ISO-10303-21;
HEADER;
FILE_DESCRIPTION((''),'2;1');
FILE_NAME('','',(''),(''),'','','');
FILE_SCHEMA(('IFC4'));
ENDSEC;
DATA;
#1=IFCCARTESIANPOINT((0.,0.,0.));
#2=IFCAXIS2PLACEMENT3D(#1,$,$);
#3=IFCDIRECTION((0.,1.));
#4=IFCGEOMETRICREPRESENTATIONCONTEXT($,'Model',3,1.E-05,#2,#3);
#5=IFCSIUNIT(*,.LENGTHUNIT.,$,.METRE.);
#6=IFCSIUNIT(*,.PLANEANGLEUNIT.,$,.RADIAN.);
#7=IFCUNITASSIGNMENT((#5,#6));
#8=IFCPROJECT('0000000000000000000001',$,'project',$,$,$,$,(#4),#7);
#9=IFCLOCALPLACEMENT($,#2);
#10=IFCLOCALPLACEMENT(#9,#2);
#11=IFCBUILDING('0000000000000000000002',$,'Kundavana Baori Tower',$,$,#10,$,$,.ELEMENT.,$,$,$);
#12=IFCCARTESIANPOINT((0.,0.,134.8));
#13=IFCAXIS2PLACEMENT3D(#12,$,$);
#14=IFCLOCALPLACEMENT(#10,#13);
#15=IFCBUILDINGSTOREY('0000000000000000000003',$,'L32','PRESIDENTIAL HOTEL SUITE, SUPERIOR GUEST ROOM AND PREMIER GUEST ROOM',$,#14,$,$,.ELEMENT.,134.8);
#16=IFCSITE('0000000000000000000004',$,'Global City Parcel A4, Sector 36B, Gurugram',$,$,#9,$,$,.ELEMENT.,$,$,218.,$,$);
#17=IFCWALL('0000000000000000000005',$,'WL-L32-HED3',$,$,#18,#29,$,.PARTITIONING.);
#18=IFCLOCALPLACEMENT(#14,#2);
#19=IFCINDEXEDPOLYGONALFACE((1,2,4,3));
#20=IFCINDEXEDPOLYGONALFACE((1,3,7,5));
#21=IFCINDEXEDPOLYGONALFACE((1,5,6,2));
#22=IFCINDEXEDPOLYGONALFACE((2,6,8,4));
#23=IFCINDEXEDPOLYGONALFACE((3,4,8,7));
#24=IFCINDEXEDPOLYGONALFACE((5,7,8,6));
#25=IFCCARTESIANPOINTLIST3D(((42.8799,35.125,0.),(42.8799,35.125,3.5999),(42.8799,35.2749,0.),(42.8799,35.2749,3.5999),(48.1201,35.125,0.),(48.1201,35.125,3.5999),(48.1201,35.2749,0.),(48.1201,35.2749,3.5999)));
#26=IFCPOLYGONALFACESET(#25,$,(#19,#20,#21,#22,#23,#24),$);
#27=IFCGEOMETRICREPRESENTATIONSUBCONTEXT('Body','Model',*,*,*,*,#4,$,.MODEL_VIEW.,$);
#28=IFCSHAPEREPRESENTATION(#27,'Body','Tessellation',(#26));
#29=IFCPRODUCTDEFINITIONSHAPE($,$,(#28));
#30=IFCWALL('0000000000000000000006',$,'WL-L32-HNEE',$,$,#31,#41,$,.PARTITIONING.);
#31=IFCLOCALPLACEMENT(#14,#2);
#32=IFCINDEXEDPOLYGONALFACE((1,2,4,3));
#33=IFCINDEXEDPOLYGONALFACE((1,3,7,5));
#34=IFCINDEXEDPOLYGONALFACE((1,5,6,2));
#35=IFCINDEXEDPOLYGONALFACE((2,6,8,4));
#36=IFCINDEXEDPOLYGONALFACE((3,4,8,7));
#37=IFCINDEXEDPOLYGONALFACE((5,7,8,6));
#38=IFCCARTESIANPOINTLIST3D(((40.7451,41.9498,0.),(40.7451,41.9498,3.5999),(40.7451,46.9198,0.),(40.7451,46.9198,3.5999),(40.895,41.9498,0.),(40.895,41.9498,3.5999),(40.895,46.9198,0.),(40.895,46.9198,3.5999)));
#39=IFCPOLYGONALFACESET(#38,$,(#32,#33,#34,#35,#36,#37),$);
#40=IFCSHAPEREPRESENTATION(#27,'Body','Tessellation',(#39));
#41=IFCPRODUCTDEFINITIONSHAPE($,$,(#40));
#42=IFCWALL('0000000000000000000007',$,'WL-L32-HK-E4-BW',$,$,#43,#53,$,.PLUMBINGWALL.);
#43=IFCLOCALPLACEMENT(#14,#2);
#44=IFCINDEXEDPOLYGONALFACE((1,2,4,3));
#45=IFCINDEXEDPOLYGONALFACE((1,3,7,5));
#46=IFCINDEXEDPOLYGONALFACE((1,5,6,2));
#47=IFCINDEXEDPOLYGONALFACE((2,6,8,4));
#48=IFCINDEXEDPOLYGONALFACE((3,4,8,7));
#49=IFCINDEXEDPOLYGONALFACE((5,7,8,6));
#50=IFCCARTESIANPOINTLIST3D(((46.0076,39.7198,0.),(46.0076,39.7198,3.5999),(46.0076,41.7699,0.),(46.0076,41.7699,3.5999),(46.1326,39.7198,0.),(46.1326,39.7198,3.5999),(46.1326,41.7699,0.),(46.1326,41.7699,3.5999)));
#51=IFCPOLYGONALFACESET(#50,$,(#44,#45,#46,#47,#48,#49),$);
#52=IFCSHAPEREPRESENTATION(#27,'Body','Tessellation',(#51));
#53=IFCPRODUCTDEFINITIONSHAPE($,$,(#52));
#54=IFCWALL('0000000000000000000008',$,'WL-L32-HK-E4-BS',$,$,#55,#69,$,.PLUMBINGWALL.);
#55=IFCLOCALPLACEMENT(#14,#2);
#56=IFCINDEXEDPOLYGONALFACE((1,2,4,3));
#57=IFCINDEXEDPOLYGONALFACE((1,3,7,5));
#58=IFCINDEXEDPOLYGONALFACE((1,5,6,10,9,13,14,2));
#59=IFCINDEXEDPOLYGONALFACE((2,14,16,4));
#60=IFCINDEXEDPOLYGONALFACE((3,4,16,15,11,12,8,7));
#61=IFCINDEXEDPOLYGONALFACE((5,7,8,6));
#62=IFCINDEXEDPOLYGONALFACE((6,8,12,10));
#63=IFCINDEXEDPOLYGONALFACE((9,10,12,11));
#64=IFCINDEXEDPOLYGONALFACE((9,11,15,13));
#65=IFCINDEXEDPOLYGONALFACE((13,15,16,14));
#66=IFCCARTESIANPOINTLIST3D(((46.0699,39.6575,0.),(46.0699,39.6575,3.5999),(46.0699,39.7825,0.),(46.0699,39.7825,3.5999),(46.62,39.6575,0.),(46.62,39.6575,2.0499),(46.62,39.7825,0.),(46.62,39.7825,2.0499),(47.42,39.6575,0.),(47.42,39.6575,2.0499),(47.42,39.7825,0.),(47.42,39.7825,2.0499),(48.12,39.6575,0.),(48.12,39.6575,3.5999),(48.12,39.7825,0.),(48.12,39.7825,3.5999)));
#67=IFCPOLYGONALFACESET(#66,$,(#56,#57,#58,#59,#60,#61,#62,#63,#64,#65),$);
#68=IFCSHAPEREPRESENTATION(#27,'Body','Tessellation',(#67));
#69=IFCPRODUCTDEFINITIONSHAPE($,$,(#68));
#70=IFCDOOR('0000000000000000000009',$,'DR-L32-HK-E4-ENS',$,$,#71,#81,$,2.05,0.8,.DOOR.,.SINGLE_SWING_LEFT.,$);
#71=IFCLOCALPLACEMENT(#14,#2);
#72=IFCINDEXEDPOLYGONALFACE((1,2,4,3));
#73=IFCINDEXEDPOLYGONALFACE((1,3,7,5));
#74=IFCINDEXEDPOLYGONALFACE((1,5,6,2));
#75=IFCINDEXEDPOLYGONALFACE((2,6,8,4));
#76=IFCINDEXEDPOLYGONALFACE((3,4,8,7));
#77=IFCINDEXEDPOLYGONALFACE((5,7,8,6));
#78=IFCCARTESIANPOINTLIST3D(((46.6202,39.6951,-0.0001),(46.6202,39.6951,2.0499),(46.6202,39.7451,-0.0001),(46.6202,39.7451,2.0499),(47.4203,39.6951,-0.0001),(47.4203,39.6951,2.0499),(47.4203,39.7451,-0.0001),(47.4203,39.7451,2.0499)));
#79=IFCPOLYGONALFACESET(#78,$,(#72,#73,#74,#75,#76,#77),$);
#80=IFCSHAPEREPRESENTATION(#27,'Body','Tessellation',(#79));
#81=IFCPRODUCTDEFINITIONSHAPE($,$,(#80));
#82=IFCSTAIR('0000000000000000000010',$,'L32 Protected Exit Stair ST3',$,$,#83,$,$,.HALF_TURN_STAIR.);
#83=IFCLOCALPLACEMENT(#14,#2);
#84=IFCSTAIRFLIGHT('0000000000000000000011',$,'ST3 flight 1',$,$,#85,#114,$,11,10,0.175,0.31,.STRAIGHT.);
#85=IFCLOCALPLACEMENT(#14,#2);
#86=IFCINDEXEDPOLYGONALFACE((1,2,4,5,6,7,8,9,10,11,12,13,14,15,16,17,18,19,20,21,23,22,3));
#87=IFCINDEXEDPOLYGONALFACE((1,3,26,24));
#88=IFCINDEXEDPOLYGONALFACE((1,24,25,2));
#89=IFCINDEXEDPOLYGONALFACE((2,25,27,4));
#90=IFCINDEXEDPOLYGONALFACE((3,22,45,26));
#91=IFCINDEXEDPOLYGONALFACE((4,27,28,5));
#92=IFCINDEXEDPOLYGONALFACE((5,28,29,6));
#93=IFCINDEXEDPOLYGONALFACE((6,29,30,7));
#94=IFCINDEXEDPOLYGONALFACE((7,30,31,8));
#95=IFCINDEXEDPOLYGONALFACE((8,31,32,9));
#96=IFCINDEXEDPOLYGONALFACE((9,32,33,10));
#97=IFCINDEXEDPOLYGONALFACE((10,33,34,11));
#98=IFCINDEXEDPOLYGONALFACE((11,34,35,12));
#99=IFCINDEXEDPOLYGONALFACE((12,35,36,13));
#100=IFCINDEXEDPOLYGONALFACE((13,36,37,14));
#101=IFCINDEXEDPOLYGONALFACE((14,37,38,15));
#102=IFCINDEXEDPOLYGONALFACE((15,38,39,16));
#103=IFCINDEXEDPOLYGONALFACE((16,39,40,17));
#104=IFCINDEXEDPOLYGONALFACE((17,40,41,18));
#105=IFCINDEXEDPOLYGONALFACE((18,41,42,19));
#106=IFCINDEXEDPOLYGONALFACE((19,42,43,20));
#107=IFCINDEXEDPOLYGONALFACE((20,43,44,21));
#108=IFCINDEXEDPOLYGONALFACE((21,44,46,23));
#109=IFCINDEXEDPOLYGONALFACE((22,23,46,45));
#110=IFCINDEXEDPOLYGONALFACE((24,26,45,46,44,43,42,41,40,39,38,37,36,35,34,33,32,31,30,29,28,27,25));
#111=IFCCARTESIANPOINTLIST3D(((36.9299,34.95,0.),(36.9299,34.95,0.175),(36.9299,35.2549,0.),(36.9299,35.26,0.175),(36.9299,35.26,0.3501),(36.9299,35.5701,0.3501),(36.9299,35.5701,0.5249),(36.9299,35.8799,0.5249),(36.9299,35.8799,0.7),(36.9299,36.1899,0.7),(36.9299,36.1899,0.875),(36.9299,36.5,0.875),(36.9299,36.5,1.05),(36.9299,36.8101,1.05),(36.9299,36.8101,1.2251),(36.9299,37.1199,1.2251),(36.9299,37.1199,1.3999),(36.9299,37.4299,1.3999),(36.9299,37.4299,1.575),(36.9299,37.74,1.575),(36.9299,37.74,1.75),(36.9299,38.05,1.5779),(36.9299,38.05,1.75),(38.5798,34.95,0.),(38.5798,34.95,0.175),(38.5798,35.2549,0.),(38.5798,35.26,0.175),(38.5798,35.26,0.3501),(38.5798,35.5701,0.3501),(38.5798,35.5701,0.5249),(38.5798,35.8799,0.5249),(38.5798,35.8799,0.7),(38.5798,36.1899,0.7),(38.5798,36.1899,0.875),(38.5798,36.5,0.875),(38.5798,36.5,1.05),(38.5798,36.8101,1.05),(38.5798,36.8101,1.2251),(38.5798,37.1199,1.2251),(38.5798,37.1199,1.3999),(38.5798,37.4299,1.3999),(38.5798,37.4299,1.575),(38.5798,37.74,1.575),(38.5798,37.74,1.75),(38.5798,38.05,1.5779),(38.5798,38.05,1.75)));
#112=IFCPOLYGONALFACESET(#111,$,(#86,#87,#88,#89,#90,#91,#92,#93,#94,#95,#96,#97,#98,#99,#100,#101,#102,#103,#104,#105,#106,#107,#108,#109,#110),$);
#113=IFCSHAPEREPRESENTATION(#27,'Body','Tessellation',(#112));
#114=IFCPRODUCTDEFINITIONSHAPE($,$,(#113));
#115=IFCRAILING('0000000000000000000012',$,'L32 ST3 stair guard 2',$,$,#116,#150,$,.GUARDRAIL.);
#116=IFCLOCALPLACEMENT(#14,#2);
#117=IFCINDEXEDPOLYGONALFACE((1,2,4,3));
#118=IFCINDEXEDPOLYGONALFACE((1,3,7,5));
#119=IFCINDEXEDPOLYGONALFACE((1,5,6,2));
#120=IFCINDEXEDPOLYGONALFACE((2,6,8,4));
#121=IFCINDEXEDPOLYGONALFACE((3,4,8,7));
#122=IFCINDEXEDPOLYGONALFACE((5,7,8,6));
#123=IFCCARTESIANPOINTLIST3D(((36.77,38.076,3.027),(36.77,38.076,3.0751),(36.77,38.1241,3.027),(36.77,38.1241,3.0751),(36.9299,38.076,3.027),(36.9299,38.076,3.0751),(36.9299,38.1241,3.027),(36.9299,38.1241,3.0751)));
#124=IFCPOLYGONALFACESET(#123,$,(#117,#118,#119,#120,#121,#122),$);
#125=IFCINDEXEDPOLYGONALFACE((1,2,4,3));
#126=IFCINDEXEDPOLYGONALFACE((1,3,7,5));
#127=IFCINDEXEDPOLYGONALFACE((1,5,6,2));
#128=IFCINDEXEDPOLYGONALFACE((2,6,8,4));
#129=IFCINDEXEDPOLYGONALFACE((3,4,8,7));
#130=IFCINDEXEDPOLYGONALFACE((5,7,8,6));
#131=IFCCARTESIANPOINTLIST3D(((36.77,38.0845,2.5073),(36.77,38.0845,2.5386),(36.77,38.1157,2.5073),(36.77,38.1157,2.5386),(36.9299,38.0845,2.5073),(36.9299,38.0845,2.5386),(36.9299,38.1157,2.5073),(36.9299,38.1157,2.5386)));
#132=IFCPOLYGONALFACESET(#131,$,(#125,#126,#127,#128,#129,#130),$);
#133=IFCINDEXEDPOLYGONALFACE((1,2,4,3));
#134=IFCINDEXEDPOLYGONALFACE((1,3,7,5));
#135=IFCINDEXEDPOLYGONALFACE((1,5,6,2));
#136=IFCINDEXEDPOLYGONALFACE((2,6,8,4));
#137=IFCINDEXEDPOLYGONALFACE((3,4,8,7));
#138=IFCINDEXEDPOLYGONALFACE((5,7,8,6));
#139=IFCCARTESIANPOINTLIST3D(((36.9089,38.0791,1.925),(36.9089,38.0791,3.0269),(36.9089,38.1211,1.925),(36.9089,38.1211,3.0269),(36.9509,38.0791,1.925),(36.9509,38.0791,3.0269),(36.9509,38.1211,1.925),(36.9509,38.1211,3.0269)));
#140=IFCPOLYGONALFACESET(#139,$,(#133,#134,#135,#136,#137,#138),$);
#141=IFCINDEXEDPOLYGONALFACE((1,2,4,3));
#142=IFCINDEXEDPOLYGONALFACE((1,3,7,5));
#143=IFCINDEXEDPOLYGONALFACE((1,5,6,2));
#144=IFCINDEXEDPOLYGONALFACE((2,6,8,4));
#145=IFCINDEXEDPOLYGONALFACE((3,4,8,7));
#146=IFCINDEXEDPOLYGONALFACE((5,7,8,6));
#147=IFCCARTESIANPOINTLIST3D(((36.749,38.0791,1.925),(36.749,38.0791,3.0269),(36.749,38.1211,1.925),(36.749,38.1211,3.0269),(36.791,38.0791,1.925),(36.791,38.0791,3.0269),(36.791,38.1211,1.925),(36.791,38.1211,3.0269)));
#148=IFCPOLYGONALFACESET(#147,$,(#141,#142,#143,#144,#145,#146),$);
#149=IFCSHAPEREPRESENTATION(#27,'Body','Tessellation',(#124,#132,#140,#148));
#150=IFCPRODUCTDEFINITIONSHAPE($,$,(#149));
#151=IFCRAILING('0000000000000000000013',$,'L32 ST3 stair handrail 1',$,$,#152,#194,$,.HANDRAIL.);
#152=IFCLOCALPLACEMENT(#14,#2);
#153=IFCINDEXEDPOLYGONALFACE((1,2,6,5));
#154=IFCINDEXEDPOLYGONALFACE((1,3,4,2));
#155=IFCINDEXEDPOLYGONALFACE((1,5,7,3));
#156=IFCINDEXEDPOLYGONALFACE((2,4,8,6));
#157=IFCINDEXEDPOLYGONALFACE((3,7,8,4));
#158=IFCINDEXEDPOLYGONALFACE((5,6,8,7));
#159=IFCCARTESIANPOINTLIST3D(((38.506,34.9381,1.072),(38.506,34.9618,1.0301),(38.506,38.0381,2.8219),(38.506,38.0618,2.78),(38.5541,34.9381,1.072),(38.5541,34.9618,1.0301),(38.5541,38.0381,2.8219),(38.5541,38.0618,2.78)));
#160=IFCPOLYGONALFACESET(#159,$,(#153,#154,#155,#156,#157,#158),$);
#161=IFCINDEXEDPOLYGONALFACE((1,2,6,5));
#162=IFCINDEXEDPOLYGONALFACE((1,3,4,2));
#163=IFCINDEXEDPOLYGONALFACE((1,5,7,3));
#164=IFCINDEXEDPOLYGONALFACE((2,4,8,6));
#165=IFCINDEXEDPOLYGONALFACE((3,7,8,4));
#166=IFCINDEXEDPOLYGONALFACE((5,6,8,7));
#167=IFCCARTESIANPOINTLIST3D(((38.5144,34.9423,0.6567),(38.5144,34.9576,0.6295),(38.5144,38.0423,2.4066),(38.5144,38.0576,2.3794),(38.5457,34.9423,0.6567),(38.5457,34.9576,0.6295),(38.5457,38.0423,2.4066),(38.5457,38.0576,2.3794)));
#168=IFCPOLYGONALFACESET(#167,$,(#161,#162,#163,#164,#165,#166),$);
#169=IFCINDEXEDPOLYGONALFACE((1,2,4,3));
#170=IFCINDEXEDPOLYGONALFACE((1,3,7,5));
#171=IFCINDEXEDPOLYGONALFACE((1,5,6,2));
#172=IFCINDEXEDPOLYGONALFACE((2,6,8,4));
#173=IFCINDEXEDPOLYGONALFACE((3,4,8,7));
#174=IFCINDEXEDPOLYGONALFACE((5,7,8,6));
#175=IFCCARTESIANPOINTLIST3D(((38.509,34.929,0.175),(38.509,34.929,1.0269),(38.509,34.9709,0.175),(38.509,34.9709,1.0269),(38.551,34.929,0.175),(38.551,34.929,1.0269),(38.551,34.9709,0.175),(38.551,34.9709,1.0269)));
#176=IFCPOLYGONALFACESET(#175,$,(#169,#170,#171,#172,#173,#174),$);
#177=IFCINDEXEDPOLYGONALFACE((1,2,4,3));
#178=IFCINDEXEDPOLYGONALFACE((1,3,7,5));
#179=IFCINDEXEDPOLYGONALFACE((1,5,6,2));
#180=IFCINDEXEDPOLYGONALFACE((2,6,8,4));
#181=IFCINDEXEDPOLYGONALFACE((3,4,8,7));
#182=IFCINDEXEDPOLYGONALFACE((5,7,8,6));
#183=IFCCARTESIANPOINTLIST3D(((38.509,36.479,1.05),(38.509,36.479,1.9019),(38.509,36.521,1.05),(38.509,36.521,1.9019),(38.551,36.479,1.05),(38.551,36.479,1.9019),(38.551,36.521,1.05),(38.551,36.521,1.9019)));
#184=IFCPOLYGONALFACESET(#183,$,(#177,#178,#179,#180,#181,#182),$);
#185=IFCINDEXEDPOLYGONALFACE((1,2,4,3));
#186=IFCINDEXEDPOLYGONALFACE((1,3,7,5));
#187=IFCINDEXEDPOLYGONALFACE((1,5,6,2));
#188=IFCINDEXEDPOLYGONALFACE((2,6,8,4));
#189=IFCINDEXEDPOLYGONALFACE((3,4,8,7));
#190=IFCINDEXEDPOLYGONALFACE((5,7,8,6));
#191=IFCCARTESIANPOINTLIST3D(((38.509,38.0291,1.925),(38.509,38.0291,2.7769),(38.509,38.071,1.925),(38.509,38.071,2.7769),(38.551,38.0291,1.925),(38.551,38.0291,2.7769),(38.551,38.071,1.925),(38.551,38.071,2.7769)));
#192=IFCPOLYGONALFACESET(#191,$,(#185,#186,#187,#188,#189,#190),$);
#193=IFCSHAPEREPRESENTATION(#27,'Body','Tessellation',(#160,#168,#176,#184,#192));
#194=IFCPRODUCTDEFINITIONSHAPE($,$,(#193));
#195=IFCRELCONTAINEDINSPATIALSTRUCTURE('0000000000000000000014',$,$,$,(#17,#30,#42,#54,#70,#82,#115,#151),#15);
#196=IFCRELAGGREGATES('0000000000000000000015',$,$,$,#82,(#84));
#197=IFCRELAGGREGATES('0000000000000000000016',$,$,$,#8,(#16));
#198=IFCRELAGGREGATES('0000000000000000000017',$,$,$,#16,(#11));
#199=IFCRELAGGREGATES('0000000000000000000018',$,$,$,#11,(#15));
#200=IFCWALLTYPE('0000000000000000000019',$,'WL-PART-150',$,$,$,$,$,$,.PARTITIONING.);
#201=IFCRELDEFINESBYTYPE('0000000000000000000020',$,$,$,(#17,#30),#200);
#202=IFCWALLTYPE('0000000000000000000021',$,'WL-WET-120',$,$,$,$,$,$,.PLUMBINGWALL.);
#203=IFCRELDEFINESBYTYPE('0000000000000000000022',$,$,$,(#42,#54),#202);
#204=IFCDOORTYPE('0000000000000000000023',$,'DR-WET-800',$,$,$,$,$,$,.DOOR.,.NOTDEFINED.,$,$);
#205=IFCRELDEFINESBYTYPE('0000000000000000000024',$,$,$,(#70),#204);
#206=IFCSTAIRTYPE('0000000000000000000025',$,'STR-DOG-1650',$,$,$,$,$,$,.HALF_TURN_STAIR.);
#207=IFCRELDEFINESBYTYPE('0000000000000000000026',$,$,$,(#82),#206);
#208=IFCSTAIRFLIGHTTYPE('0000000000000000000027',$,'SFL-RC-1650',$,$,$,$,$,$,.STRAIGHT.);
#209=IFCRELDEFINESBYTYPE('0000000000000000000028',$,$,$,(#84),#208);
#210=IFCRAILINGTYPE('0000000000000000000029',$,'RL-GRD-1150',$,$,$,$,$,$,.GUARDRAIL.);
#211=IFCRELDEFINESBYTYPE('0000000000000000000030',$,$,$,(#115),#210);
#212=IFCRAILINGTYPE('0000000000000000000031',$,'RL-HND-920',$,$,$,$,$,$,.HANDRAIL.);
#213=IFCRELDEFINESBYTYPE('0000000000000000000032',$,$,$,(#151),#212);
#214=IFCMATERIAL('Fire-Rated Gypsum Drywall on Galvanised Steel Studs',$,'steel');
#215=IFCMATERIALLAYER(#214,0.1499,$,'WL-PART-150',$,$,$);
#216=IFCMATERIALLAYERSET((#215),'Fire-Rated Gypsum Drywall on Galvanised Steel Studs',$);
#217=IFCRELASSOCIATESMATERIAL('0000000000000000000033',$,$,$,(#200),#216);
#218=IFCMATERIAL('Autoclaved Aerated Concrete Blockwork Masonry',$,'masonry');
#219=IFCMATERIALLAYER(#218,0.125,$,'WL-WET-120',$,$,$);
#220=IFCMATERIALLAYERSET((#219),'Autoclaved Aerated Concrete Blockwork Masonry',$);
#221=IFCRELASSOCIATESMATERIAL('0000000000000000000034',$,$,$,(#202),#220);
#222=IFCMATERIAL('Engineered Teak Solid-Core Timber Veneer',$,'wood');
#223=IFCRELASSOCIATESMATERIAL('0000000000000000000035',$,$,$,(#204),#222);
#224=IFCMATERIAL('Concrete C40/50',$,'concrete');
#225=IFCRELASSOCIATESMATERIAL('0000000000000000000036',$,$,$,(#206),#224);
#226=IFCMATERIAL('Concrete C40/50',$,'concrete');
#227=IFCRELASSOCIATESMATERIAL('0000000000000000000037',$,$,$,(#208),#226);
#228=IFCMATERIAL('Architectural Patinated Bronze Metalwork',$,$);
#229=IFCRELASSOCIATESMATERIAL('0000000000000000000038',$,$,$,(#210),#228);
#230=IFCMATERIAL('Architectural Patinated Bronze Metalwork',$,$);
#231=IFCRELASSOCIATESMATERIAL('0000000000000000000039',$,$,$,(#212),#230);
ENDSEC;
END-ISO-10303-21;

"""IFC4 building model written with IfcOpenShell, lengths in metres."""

from ifc_helpers import new_model, si_unit, direction, frame, frame_2d, origin, origin_2d, place, context, subcontext, project, spatial, polyline, rectangle, outline, extrude, material, layer, layer_set, type_object, element, fill, aggregate, save


model = new_model("IFC4")

# Units and contexts
model_context = context("Model", 3, precision=1e-05, world=origin(), true_north=direction((0.0, 1.0)))
body_context = subcontext(model_context, "Body", "Model", "MODEL_VIEW")
ifc_project = project(units=[si_unit("LENGTHUNIT", "METRE"), si_unit("PLANEANGLEUNIT", "RADIAN")], contexts=[model_context])

# Site, building, storey
site_placement = place(None, origin())
site = spatial("IfcSite", under=ifc_project, at=site_placement, Name="Global City Parcel A4, Sector 36B, Gurugram", CompositionType="ELEMENT", RefElevation=218.0)
building_placement = place(site_placement, origin())
building = spatial("IfcBuilding", under=site, at=building_placement, Name="Kundavana Baori Tower", CompositionType="ELEMENT")
storey_placement = place(building_placement, frame((0.0, 0.0, 134.8)))
storey = spatial("IfcBuildingStorey", under=building, at=storey_placement, Name="L32", Description="PRESIDENTIAL HOTEL SUITE, SUPERIOR GUEST ROOM AND PREMIER GUEST ROOM", CompositionType="ELEMENT", Elevation=134.8)

# Walls
ifc_material_1 = material(Name="Fire-Rated Gypsum Drywall on Galvanised Steel Studs", Category="steel")
ifc_layer_1 = layer(ifc_material_1, 0.1499, Name="WL-PART-150")
ifc_layer_set_1 = layer_set([ifc_layer_1], Name="Fire-Rated Gypsum Drywall on Galvanised Steel Studs")
wall_type_1 = type_object("IfcWallType", Name="WL-PART-150", PredefinedType="PARTITIONING", material=ifc_layer_set_1)
wall_1_placement = place(storey_placement, frame((42.8799, 35.2, 0.0), z_axis=(0.0, 0.0, 1.0), x_axis=(1.0, 0.0, 0.0)))
element("IfcWall", 1, at=wall_1_placement, inside=storey, type_object=wall_type_1, Name="WL-L32-HED3", PredefinedType="PARTITIONING", context=body_context, shape_type="SweptSolid", body=[
    extrude(rectangle(XDim=5.2402, YDim=0.1499, at=frame_2d((2.6201, 0.0))), origin(), (0.0, 0.0, 1.0), 3.5999),
])
wall_2_placement = place(storey_placement, frame((40.8201, 41.95, 0.0), z_axis=(0.0, 0.0, 1.0), x_axis=(0.0, 1.0, 0.0)))
element("IfcWall", 2, at=wall_2_placement, inside=storey, type_object=wall_type_1, Name="WL-L32-HNEE", PredefinedType="PARTITIONING", context=body_context, shape_type="SweptSolid", body=[
    extrude(rectangle(XDim=4.97, YDim=0.1499, at=frame_2d((2.4849, 0.0))), origin(), (0.0, 0.0, 1.0), 3.5999),
])
ifc_material_2 = material(Name="Autoclaved Aerated Concrete Blockwork Masonry", Category="masonry")
ifc_layer_2 = layer(ifc_material_2, 0.125, Name="WL-WET-120")
ifc_layer_set_2 = layer_set([ifc_layer_2], Name="Autoclaved Aerated Concrete Blockwork Masonry")
wall_type_2 = type_object("IfcWallType", Name="WL-WET-120", PredefinedType="PLUMBINGWALL", material=ifc_layer_set_2)
wall_3_placement = place(storey_placement, frame((46.0701, 39.72, 0.0), z_axis=(0.0, 0.0, 1.0), x_axis=(0.0, 1.0, 0.0)))
element("IfcWall", 3, at=wall_3_placement, inside=storey, type_object=wall_type_2, Name="WL-L32-HK-E4-BW", PredefinedType="PLUMBINGWALL", context=body_context, shape_type="SweptSolid", body=[
    extrude(rectangle(XDim=2.05, YDim=0.125, at=frame_2d((1.0249, 0.0))), origin(), (0.0, 0.0, 1.0), 3.5999),
])

# Wall, opening, door
wall_4_placement = place(storey_placement, frame((46.0701, 39.72, 0.0), z_axis=(0.0, 0.0, 1.0), x_axis=(1.0, 0.0, 0.0)))
wall_4 = element("IfcWall", 4, at=wall_4_placement, inside=storey, type_object=wall_type_2, Name="WL-L32-HK-E4-BS", PredefinedType="PLUMBINGWALL", context=body_context, shape_type="SweptSolid", body=[
    extrude(rectangle(XDim=2.05, YDim=0.125, at=frame_2d((1.0249, 0.0))), origin(), (0.0, 0.0, 1.0), 3.5999),
])
opening_1_placement = place(wall_4_placement, frame((0.55, 0.0, 0.0)))
opening_1 = element("IfcOpeningElement", 5, at=opening_1_placement, cuts=wall_4, PredefinedType="OPENING", context=body_context, shape_type="SweptSolid", body=[
    extrude(rectangle(XDim=0.8, YDim=2.05, at=frame_2d((0.3999, 1.0249))), frame((0.0, 0.0725, 0.0), z_axis=(0.0, -1.0, 0.0), x_axis=(1.0, 0.0, 0.0)), (0.0, 0.0, 1.0), 0.145),
])
ifc_material_3 = material(Name="Engineered Teak Solid-Core Timber Veneer", Category="wood")
door_type_1 = type_object("IfcDoorType", Name="DR-WET-800", OperationType="NOTDEFINED", PredefinedType="DOOR", material=ifc_material_3)
door_1_placement = place(opening_1_placement, frame((0.8, 0.0, 0.0), z_axis=(0.0, 0.0, 1.0), x_axis=(-1.0, 0.0, 0.0)))
door_1 = element("IfcDoor", 6, at=door_1_placement, inside=storey, type_object=door_type_1, Name="DR-L32-HK-E4-ENS", OperationType="SINGLE_SWING_LEFT", OverallHeight=2.05, OverallWidth=0.8, PredefinedType="DOOR", context=body_context, shape_type="SweptSolid", body=[
    extrude(rectangle(XDim=0.8, YDim=2.05, at=frame_2d((0.3999, 1.0249))), frame((0.0, 0.0249, 0.0), z_axis=(0.0, -1.0, 0.0), x_axis=(1.0, 0.0, 0.0)), (0.0, 0.0, 1.0), 0.05),
])
fill(opening_1, door_1)

# Stair, stair flight
ifc_material_4 = material(Name="Concrete C40/50", Category="concrete")
stair_type = type_object("IfcStairType", Name="STR-DOG-1650", PredefinedType="HALF_TURN_STAIR", material=ifc_material_4)
stair_placement = place(storey_placement, origin())
stair = element("IfcStair", 7, at=stair_placement, inside=storey, type_object=stair_type, Name="L32 Protected Exit Stair ST3", PredefinedType="HALF_TURN_STAIR")
ifc_material_5 = material(Name="Concrete C40/50", Category="concrete")
stair_flight_type = type_object("IfcStairFlightType", Name="SFL-RC-1650", PredefinedType="STRAIGHT", material=ifc_material_5)
stair_flight_placement = place(storey_placement, frame((37.7549, 34.95, 0.0), z_axis=(0.0, 0.0, 1.0), x_axis=(0.0, 1.0, 0.0)))
stair_flight = element("IfcStairFlight", 8, at=stair_flight_placement, type_object=stair_flight_type, Name="ST3 flight 1", NumberOfRisers=11, NumberOfTreads=10, PredefinedType="STRAIGHT", RiserHeight=0.175, TreadLength=0.31, context=body_context, shape_type="SweptSolid", body=[
    extrude(outline(polyline([(0.0, 0.0), (0.0, 0.175), (0.3101, 0.175), (0.3101, 0.3501), (0.6201, 0.3501), (0.6201, 0.5249), (0.9299, 0.5249), (0.9299, 0.7), (1.24, 0.7), (1.24, 0.875), (1.55, 0.875), (1.55, 1.05), (1.8601, 1.05), (1.8601, 1.2251), (2.1699, 1.2251), (2.1699, 1.3999), (2.48, 1.3999), (2.48, 1.575), (2.79, 1.575), (2.79, 1.75), (3.1001, 1.75), (3.1001, 1.925), (3.1001, 1.5779), (0.3049, 0.0), (0.0, 0.0)])), frame((0.0, 0.825, 0.0), z_axis=(0.0, -1.0, 0.0), x_axis=(1.0, 0.0, 0.0)), (0.0, 0.0, 1.0), 1.6499),
])
aggregate(stair, [stair_flight])

# Railings
ifc_material_6 = material(Name="Architectural Patinated Bronze Metalwork")
railing_type_1 = type_object("IfcRailingType", Name="RL-GRD-1150", PredefinedType="GUARDRAIL", material=ifc_material_6)
railing_1_placement = place(storey_placement, frame((36.9299, 38.1001, 1.925)))
element("IfcRailing", 9, at=railing_1_placement, inside=storey, type_object=railing_type_1, Name="L32 ST3 stair guard 2", PredefinedType="GUARDRAIL", context=body_context, shape_type="SweptSolid", body=[
    extrude(rectangle(XDim=0.0481, YDim=0.0481, at=origin_2d()), frame((0.0, 0.0, 1.126), z_axis=(-1.0, 0.0, 0.0), x_axis=(0.0, -1.0, 0.0)), (0.0, 0.0, 1.0), 0.1599),
    extrude(rectangle(XDim=0.0312, YDim=0.0312, at=origin_2d()), frame((0.0, 0.0, 0.5979), z_axis=(-1.0, 0.0, 0.0), x_axis=(0.0, -1.0, 0.0)), (0.0, 0.0, 1.0), 0.1599),
    extrude(rectangle(XDim=0.042, YDim=0.042, at=origin_2d()), origin(), (0.0, 0.0, 1.0), 1.1018),
    extrude(rectangle(XDim=0.042, YDim=0.042, at=origin_2d()), frame((-0.1599, 0.0, 0.0)), (0.0, 0.0, 1.0), 1.1018),
])
ifc_material_7 = material(Name="Architectural Patinated Bronze Metalwork")
railing_type_2 = type_object("IfcRailingType", Name="RL-HND-920", PredefinedType="HANDRAIL", material=ifc_material_7)
railing_2_placement = place(storey_placement, frame((38.53, 34.95, 0.175)))
element("IfcRailing", 10, at=railing_2_placement, inside=storey, type_object=railing_type_2, Name="L32 ST3 stair handrail 1", PredefinedType="HANDRAIL", context=body_context, shape_type="SweptSolid", body=[
    extrude(rectangle(XDim=0.0481, YDim=0.0481, at=origin_2d()), frame((0.0, 0.0, 0.876), z_axis=(0.0, 0.870831, 0.491583), x_axis=(-1.0, 0.0, 0.0)), (0.0, 0.0, 1.0), 3.5598),
    extrude(rectangle(XDim=0.0312, YDim=0.0312, at=origin_2d()), frame((0.0, 0.0, 0.468), z_axis=(0.0, 0.870831, 0.491583), x_axis=(-1.0, 0.0, 0.0)), (0.0, 0.0, 1.0), 3.5598),
    extrude(rectangle(XDim=0.042, YDim=0.042, at=origin_2d()), origin(), (0.0, 0.0, 1.0), 0.8518),
    extrude(rectangle(XDim=0.042, YDim=0.042, at=origin_2d()), frame((0.0, 1.55, 0.875)), (0.0, 0.0, 1.0), 0.8518),
    extrude(rectangle(XDim=0.042, YDim=0.042, at=origin_2d()), frame((0.0, 3.1001, 1.75)), (0.0, 0.0, 1.0), 0.8518),
])

save(model, "model.ifc")
